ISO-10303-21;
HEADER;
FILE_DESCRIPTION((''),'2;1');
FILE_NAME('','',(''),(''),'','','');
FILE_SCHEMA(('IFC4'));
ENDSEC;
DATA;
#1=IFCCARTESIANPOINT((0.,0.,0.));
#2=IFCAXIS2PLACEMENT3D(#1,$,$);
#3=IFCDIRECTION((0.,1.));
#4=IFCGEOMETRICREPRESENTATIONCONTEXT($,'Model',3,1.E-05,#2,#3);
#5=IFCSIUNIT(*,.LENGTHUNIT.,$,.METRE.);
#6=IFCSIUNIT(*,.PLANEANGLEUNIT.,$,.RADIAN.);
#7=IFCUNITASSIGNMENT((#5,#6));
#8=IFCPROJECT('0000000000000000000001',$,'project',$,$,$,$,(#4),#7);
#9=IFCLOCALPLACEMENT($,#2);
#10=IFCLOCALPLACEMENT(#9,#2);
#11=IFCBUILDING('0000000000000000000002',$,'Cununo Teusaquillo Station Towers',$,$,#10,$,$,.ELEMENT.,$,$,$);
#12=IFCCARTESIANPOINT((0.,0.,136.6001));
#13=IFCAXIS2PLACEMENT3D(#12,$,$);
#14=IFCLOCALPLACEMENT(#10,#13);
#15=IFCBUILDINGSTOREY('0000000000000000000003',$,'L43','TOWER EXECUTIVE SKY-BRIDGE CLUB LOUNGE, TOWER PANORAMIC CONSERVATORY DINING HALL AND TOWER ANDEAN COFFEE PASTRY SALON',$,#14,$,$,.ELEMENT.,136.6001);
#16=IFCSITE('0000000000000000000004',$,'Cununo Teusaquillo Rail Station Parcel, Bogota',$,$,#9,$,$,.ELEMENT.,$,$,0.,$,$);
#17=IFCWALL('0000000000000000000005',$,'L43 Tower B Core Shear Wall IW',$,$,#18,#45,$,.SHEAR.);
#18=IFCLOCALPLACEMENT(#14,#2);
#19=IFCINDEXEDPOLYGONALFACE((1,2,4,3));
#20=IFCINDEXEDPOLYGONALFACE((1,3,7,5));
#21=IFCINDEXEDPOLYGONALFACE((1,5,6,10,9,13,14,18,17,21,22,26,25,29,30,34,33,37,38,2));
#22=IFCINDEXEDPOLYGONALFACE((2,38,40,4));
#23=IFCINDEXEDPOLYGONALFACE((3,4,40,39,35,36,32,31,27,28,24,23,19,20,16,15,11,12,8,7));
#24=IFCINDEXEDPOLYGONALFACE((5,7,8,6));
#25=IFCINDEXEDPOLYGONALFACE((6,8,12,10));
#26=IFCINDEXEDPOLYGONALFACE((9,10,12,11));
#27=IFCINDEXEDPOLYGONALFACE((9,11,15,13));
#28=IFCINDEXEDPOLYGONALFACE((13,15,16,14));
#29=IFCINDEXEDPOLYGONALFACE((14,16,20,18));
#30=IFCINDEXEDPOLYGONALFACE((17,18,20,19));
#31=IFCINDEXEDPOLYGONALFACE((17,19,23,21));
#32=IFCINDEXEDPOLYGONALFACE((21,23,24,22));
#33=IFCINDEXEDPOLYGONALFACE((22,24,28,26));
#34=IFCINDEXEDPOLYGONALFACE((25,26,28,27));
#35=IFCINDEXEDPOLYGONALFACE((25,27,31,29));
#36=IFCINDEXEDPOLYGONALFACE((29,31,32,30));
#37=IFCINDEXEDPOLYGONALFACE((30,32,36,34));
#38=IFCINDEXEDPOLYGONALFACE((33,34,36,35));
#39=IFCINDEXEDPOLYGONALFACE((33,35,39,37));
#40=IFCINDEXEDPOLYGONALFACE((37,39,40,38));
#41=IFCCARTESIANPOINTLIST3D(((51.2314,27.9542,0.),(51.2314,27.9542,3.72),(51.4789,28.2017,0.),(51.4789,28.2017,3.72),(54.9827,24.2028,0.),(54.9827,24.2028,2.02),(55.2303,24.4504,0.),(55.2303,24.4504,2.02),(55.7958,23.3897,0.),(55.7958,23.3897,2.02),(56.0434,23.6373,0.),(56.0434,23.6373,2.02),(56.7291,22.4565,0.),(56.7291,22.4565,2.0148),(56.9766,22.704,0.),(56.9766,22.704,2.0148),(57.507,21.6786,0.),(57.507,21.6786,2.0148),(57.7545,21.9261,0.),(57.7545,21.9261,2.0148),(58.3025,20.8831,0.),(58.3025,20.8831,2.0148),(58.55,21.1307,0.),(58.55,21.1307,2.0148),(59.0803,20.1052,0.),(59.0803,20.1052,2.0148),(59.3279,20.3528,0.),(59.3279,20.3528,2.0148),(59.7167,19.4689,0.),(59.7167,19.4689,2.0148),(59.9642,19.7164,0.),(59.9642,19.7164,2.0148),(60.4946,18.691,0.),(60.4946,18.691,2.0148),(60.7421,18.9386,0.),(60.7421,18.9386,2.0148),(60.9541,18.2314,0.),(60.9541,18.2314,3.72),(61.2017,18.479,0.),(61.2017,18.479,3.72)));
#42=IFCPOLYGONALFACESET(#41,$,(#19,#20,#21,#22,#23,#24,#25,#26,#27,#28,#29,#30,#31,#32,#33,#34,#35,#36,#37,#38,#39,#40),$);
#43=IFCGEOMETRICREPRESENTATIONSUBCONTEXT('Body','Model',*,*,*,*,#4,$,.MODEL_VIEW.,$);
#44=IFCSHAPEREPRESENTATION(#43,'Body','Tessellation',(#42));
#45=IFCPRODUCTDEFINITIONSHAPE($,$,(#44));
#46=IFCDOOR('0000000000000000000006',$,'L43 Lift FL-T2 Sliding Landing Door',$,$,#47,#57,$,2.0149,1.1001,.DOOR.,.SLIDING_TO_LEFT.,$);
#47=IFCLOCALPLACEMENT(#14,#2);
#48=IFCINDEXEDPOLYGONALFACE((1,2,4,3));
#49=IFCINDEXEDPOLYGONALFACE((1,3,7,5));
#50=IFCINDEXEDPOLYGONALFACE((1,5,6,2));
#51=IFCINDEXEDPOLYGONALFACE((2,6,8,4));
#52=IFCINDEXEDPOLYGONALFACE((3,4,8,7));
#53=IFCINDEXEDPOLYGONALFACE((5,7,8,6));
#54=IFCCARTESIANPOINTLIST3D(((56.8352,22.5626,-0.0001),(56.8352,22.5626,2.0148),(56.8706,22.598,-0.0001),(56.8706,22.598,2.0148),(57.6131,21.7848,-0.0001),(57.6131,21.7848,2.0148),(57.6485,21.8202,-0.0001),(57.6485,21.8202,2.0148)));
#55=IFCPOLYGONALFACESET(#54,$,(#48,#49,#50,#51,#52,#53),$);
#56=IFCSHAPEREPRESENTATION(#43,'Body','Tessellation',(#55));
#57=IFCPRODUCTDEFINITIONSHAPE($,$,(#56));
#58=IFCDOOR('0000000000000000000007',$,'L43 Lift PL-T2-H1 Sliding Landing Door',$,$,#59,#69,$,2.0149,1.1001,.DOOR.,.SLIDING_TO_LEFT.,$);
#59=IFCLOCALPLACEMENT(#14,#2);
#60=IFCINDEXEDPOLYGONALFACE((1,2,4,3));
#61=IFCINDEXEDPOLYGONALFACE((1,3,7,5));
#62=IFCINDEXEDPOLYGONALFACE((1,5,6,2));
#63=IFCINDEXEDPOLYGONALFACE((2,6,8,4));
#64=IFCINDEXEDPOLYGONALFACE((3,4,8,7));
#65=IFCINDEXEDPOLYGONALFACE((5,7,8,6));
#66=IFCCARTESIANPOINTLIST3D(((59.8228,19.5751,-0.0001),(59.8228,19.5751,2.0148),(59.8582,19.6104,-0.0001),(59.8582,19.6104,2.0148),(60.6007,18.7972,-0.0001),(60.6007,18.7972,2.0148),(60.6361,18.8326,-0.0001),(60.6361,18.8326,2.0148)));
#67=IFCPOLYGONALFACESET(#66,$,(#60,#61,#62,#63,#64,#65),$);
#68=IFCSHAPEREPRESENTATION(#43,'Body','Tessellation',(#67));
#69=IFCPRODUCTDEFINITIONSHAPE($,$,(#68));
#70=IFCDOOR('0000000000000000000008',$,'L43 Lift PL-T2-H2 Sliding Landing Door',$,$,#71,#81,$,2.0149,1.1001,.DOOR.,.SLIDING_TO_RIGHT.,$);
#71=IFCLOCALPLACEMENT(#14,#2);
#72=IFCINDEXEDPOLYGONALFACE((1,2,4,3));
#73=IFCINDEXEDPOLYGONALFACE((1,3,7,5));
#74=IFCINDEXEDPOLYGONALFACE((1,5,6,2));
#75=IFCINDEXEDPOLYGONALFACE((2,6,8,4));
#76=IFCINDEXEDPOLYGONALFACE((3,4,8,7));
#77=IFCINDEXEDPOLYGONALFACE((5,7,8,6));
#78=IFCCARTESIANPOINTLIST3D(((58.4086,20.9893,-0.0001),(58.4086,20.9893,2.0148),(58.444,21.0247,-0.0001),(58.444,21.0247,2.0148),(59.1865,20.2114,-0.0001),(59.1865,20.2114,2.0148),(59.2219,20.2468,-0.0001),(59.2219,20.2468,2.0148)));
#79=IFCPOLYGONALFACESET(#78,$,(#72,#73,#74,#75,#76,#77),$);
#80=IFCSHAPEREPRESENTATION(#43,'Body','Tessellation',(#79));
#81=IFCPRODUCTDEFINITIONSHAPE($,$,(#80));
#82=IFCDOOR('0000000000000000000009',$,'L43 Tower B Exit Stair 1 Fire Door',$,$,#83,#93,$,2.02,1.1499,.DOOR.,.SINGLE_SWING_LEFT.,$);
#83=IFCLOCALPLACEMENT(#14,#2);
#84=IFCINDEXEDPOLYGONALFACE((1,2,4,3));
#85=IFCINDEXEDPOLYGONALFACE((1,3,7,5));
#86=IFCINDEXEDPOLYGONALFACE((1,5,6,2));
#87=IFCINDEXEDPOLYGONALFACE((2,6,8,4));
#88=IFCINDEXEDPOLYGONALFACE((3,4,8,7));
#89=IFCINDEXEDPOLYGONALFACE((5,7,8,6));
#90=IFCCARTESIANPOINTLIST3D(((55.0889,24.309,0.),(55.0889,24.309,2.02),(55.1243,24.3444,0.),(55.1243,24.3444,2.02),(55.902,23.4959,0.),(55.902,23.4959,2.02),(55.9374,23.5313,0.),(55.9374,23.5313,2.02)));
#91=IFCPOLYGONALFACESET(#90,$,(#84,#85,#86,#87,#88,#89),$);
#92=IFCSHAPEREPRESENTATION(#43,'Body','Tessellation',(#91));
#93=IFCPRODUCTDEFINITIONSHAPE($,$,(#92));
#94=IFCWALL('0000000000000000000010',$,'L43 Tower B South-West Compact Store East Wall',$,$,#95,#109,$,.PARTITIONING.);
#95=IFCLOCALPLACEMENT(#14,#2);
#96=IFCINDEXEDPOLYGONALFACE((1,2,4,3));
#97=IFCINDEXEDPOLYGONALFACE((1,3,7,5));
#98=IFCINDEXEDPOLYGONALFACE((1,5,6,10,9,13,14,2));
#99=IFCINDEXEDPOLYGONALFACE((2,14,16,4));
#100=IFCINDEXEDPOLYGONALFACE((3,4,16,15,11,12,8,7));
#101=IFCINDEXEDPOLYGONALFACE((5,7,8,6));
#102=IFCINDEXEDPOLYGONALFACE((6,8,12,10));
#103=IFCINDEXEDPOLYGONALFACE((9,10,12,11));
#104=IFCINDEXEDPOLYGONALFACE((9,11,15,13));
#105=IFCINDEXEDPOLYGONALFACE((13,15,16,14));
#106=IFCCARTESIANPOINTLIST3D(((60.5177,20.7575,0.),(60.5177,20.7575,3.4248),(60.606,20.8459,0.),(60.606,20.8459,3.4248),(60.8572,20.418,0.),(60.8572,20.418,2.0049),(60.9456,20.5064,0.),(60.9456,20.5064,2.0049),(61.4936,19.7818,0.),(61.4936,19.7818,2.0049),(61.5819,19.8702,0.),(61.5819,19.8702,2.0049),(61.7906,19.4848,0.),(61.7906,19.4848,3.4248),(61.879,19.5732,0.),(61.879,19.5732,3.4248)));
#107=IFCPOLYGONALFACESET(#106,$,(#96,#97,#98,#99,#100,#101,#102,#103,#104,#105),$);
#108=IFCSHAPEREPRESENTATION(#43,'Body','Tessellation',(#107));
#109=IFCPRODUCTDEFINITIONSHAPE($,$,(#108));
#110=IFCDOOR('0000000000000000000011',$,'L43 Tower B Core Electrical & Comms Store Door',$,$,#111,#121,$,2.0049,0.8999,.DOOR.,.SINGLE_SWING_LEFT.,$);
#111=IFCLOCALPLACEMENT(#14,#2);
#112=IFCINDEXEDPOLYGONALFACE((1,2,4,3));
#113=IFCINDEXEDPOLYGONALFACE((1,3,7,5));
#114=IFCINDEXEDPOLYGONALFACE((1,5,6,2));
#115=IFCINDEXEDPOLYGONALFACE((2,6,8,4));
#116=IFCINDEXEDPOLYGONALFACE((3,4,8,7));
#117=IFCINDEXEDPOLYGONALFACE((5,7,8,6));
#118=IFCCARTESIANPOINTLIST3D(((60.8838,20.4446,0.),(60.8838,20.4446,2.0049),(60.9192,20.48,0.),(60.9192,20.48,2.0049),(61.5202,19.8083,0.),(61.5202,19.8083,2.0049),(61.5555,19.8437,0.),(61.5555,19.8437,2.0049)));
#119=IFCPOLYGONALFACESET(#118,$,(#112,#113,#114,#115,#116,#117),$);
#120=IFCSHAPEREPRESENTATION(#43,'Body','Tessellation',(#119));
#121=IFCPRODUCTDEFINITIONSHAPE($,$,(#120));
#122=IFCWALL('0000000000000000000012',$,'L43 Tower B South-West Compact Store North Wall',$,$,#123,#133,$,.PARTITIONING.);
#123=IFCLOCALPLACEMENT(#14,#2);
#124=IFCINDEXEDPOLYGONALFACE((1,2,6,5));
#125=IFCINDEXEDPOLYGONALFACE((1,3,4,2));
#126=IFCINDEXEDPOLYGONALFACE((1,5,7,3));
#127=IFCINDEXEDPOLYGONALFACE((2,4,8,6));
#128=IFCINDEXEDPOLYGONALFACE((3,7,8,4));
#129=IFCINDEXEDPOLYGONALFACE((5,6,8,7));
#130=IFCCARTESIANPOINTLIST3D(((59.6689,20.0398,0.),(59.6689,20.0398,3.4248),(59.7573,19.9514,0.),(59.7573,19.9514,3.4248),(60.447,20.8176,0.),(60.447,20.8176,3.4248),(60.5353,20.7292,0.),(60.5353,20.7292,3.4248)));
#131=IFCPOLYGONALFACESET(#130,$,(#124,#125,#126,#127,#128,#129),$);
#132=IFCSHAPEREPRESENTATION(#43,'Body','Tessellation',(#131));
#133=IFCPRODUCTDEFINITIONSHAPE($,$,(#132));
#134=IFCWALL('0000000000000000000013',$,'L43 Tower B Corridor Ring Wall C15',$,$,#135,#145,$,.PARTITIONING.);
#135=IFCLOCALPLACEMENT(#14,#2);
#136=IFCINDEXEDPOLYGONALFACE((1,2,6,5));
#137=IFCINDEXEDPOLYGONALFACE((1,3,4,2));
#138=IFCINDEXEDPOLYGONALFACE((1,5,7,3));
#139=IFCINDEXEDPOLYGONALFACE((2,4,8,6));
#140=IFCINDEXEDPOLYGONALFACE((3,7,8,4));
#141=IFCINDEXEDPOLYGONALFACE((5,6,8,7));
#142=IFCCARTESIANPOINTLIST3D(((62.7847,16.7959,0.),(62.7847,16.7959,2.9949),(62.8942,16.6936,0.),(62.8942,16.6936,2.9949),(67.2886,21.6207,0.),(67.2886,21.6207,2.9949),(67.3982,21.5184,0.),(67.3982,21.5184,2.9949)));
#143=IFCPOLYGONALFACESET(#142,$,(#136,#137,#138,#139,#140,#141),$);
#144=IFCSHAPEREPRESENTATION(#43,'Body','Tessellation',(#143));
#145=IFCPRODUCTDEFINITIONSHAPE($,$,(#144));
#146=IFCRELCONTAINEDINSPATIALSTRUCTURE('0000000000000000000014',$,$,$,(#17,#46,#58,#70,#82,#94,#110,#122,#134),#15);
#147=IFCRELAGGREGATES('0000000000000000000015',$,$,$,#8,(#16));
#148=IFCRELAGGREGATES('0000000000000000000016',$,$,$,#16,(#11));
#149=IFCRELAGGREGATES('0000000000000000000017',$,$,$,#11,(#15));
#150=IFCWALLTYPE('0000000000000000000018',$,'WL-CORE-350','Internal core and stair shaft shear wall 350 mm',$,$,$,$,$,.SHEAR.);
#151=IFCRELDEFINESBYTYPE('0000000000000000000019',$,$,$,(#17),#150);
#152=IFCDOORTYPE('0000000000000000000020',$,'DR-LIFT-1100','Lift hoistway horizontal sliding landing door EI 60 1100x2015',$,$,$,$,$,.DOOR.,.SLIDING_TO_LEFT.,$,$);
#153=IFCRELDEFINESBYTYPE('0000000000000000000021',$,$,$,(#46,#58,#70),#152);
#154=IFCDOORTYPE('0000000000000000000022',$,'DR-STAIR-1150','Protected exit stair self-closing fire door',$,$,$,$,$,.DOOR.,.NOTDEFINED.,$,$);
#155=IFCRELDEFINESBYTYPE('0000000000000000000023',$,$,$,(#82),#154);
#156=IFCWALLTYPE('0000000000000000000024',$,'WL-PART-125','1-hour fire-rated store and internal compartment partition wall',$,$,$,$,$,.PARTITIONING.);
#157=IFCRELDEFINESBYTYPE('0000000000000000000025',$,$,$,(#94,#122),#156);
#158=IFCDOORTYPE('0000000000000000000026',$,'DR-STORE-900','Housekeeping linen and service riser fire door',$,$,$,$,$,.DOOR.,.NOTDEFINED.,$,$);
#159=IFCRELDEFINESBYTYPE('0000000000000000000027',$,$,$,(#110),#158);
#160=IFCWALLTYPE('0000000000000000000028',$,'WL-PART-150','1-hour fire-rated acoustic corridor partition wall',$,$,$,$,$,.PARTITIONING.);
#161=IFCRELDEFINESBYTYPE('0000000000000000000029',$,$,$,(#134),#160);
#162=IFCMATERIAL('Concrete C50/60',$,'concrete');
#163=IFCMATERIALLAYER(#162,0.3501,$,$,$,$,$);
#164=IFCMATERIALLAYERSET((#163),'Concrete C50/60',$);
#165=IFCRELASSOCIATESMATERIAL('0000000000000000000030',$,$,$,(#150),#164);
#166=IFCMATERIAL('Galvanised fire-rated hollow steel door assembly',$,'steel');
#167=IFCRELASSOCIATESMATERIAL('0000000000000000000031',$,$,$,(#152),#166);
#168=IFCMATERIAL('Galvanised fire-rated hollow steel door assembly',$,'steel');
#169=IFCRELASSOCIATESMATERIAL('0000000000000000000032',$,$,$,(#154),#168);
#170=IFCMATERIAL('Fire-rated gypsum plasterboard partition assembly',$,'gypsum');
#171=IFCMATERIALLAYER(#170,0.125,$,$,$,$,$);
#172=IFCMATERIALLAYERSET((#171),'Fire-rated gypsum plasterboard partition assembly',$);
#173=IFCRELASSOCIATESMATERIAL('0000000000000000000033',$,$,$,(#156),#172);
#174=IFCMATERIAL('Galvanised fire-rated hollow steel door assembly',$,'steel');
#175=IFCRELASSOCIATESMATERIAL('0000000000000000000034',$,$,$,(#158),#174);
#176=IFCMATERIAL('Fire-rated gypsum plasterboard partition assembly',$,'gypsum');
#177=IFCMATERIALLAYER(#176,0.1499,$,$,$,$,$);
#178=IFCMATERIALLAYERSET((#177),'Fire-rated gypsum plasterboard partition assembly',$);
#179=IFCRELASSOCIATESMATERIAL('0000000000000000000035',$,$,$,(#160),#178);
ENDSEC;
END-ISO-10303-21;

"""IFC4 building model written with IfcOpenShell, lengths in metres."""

from ifc_helpers import new_model, si_unit, direction, frame, frame_2d, origin, place, context, subcontext, project, spatial, rectangle, extrude, source, transform, mapped, material, layer, layer_set, type_object, element, fill, save


model = new_model("IFC4")

# Units and contexts
model_context = context("Model", 3, precision=1e-05, world=origin(), true_north=direction((0.0, 1.0)))
body_context = subcontext(model_context, "Body", "Model", "MODEL_VIEW")
ifc_project = project(units=[si_unit("LENGTHUNIT", "METRE"), si_unit("PLANEANGLEUNIT", "RADIAN")], contexts=[model_context])

# Site, building, storey
site_placement = place(None, origin())
site = spatial("IfcSite", under=ifc_project, at=site_placement, Name="Cununo Teusaquillo Rail Station Parcel, Bogota", CompositionType="ELEMENT", RefElevation=0.0)
building_placement = place(site_placement, origin())
building = spatial("IfcBuilding", under=site, at=building_placement, Name="Cununo Teusaquillo Station Towers", CompositionType="ELEMENT")
storey_placement = place(building_placement, frame((0.0, 0.0, 136.6001)))
storey = spatial("IfcBuildingStorey", under=building, at=storey_placement, Name="L43", Description="TOWER EXECUTIVE SKY-BRIDGE CLUB LOUNGE, TOWER PANORAMIC CONSERVATORY DINING HALL AND TOWER ANDEAN COFFEE PASTRY SALON", CompositionType="ELEMENT", Elevation=136.6001)

# Wall, openings, doors
ifc_material_1 = material(Name="Concrete C50/60", Category="concrete")
ifc_layer_1 = layer(ifc_material_1, 0.3501)
ifc_layer_set_1 = layer_set([ifc_layer_1], Name="Concrete C50/60")
wall_type_1 = type_object("IfcWallType", Name="WL-CORE-350", Description="Internal core and stair shaft shear wall 350 mm", PredefinedType="SHEAR", material=ifc_layer_set_1)
wall_1_placement = place(storey_placement, frame((61.0779, 18.3552, 0.0), z_axis=(0.0, 0.0, 1.0), x_axis=(-0.707107, 0.707107, 0.0)))
wall_1 = element("IfcWall", 1, at=wall_1_placement, inside=storey, type_object=wall_type_1, Name="L43 Tower B Core Shear Wall IW", PredefinedType="SHEAR", context=body_context, shape_type="SweptSolid", body=[
    extrude(rectangle(XDim=13.75, YDim=0.3501, at=frame_2d((6.875, 0.0))), origin(), (0.0, 0.0, 1.0), 3.72),
])
shared_shape_1 = source(origin(), body_context, "Body", "SweptSolid", [
    extrude(rectangle(XDim=1.1001, YDim=2.0149, at=frame_2d((0.55, 1.0073))), frame((0.0, 0.1851, 0.0), z_axis=(0.0, -1.0, 0.0), x_axis=(1.0, 0.0, 0.0)), (0.0, 0.0, 1.0), 0.3701),
])
opening_1_placement = place(wall_1_placement, frame((4.875, 0.0, 0.0)))
opening_1 = element("IfcOpeningElement", 2, at=opening_1_placement, cuts=wall_1, PredefinedType="OPENING", context=body_context, shape_type="MappedRepresentation", body=[
    mapped(shared_shape_1, transform((0.0, 0.0, 0.0), x_axis=(1.0, 0.0, 0.0), y_axis=(0.0, 1.0, 0.0), z_axis=(0.0, 0.0, 1.0), scale=1.0)),
])
opening_2_placement = place(wall_1_placement, frame((0.6499, 0.0, 0.0)))
opening_2 = element("IfcOpeningElement", 3, at=opening_2_placement, cuts=wall_1, PredefinedType="OPENING", context=body_context, shape_type="MappedRepresentation", body=[
    mapped(shared_shape_1, transform((0.0, 0.0, 0.0), x_axis=(1.0, 0.0, 0.0), y_axis=(0.0, 1.0, 0.0), z_axis=(0.0, 0.0, 1.0), scale=1.0)),
])
opening_3_placement = place(wall_1_placement, frame((2.6499, 0.0, 0.0)))
opening_3 = element("IfcOpeningElement", 4, at=opening_3_placement, cuts=wall_1, PredefinedType="OPENING", context=body_context, shape_type="MappedRepresentation", body=[
    mapped(shared_shape_1, transform((0.0, 0.0, 0.0), x_axis=(1.0, 0.0, 0.0), y_axis=(0.0, 1.0, 0.0), z_axis=(0.0, 0.0, 1.0), scale=1.0)),
])
shared_shape_2 = source(origin(), body_context, "Body", "SweptSolid", [
    extrude(rectangle(XDim=1.1499, YDim=2.02, at=frame_2d((0.575, 1.01))), frame((0.0, 0.1851, 0.0), z_axis=(0.0, -1.0, 0.0), x_axis=(1.0, 0.0, 0.0)), (0.0, 0.0, 1.0), 0.3701),
])
opening_4_placement = place(wall_1_placement, frame((7.2949, 0.0, 0.0)))
opening_4 = element("IfcOpeningElement", 5, at=opening_4_placement, cuts=wall_1, PredefinedType="OPENING", context=body_context, shape_type="MappedRepresentation", body=[
    mapped(shared_shape_2, transform((0.0, 0.0, 0.0), x_axis=(1.0, 0.0, 0.0), y_axis=(0.0, 1.0, 0.0), z_axis=(0.0, 0.0, 1.0), scale=1.0)),
])
ifc_material_2 = material(Name="Galvanised fire-rated hollow steel door assembly", Category="steel")
door_type_1 = type_object("IfcDoorType", Name="DR-LIFT-1100", Description="Lift hoistway horizontal sliding landing door EI 60 1100x2015", OperationType="SLIDING_TO_LEFT", PredefinedType="DOOR", material=ifc_material_2)
shared_shape_3 = source(origin(), body_context, "Body", "SweptSolid", [
    extrude(rectangle(XDim=1.1001, YDim=2.0149, at=frame_2d((0.55, 1.0073))), frame((0.0, 0.0249, 0.0), z_axis=(0.0, -1.0, 0.0), x_axis=(1.0, 0.0, 0.0)), (0.0, 0.0, 1.0), 0.05),
])
door_1_placement = place(opening_1_placement, origin())
door_1 = element("IfcDoor", 6, at=door_1_placement, inside=storey, type_object=door_type_1, Name="L43 Lift FL-T2 Sliding Landing Door", OperationType="SLIDING_TO_LEFT", OverallHeight=2.0149, OverallWidth=1.1001, PredefinedType="DOOR", context=body_context, shape_type="MappedRepresentation", body=[
    mapped(shared_shape_3, transform((0.0, 0.0, 0.0), x_axis=(1.0, 0.0, 0.0), y_axis=(0.0, 1.0, 0.0), z_axis=(0.0, 0.0, 1.0), scale=1.0)),
])
fill(opening_1, door_1)
door_2_placement = place(opening_2_placement, origin())
door_2 = element("IfcDoor", 7, at=door_2_placement, inside=storey, type_object=door_type_1, Name="L43 Lift PL-T2-H1 Sliding Landing Door", OperationType="SLIDING_TO_LEFT", OverallHeight=2.0149, OverallWidth=1.1001, PredefinedType="DOOR", context=body_context, shape_type="MappedRepresentation", body=[
    mapped(shared_shape_3, transform((0.0, 0.0, 0.0), x_axis=(1.0, 0.0, 0.0), y_axis=(0.0, 1.0, 0.0), z_axis=(0.0, 0.0, 1.0), scale=1.0)),
])
fill(opening_2, door_2)
door_3_placement = place(opening_3_placement, origin())
door_3 = element("IfcDoor", 8, at=door_3_placement, inside=storey, type_object=door_type_1, Name="L43 Lift PL-T2-H2 Sliding Landing Door", OperationType="SLIDING_TO_RIGHT", OverallHeight=2.0149, OverallWidth=1.1001, PredefinedType="DOOR", context=body_context, shape_type="MappedRepresentation", body=[
    mapped(shared_shape_3, transform((0.0, 0.0, 0.0), x_axis=(1.0, 0.0, 0.0), y_axis=(0.0, 1.0, 0.0), z_axis=(0.0, 0.0, 1.0), scale=1.0)),
])
fill(opening_3, door_3)
ifc_material_3 = material(Name="Galvanised fire-rated hollow steel door assembly", Category="steel")
door_type_2 = type_object("IfcDoorType", Name="DR-STAIR-1150", Description="Protected exit stair self-closing fire door", OperationType="NOTDEFINED", PredefinedType="DOOR", material=ifc_material_3)
shared_shape_4 = source(origin(), body_context, "Body", "SweptSolid", [
    extrude(rectangle(XDim=1.1499, YDim=2.02, at=frame_2d((0.575, 1.01))), frame((0.0, 0.0249, 0.0), z_axis=(0.0, -1.0, 0.0), x_axis=(1.0, 0.0, 0.0)), (0.0, 0.0, 1.0), 0.05),
])
door_4_placement = place(opening_4_placement, origin())
door_4 = element("IfcDoor", 9, at=door_4_placement, inside=storey, type_object=door_type_2, Name="L43 Tower B Exit Stair 1 Fire Door", OperationType="SINGLE_SWING_LEFT", OverallHeight=2.02, OverallWidth=1.1499, PredefinedType="DOOR", context=body_context, shape_type="MappedRepresentation", body=[
    mapped(shared_shape_4, transform((0.0, 0.0, 0.0), x_axis=(1.0, 0.0, 0.0), y_axis=(0.0, 1.0, 0.0), z_axis=(0.0, 0.0, 1.0), scale=1.0)),
])
fill(opening_4, door_4)

# Wall, opening, door
ifc_material_4 = material(Name="Fire-rated gypsum plasterboard partition assembly", Category="gypsum")
ifc_layer_2 = layer(ifc_material_4, 0.125)
ifc_layer_set_2 = layer_set([ifc_layer_2], Name="Fire-rated gypsum plasterboard partition assembly")
wall_type_2 = type_object("IfcWallType", Name="WL-PART-125", Description="1-hour fire-rated store and internal compartment partition wall", PredefinedType="PARTITIONING", material=ifc_layer_set_2)
wall_2_placement = place(storey_placement, frame((61.8347, 19.5291, 0.0), z_axis=(0.0, 0.0, 1.0), x_axis=(-0.707175, 0.707039, 0.0)))
wall_2 = element("IfcWall", 10, at=wall_2_placement, inside=storey, type_object=wall_type_2, Name="L43 Tower B South-West Compact Store East Wall", PredefinedType="PARTITIONING", context=body_context, shape_type="SweptSolid", body=[
    extrude(rectangle(XDim=1.8, YDim=0.125, at=frame_2d((0.8999, 0.0))), origin(), (0.0, 0.0, 1.0), 3.4248),
])
shared_shape_5 = source(origin(), body_context, "Body", "SweptSolid", [
    extrude(rectangle(XDim=0.8999, YDim=2.0049, at=frame_2d((0.45, 1.0024))), frame((0.0, 0.0725, 0.0), z_axis=(0.0, -1.0, 0.0), x_axis=(1.0, 0.0, 0.0)), (0.0, 0.0, 1.0), 0.145),
])
opening_5_placement = place(wall_2_placement, frame((0.4199, 0.0, 0.0)))
opening_5 = element("IfcOpeningElement", 11, at=opening_5_placement, cuts=wall_2, PredefinedType="OPENING", context=body_context, shape_type="MappedRepresentation", body=[
    mapped(shared_shape_5, transform((0.0, 0.0, 0.0), x_axis=(1.0, 0.0, 0.0), y_axis=(0.0, 1.0, 0.0), z_axis=(0.0, 0.0, 1.0), scale=1.0)),
])
ifc_material_5 = material(Name="Galvanised fire-rated hollow steel door assembly", Category="steel")
door_type_3 = type_object("IfcDoorType", Name="DR-STORE-900", Description="Housekeeping linen and service riser fire door", OperationType="NOTDEFINED", PredefinedType="DOOR", material=ifc_material_5)
shared_shape_6 = source(origin(), body_context, "Body", "SweptSolid", [
    extrude(rectangle(XDim=0.8999, YDim=2.0049, at=frame_2d((0.45, 1.0024))), frame((0.0, 0.0249, 0.0), z_axis=(0.0, -1.0, 0.0), x_axis=(1.0, 0.0, 0.0)), (0.0, 0.0, 1.0), 0.05),
])
door_5_placement = place(opening_5_placement, origin())
door_5 = element("IfcDoor", 12, at=door_5_placement, inside=storey, type_object=door_type_3, Name="L43 Tower B Core Electrical & Comms Store Door", OperationType="SINGLE_SWING_LEFT", OverallHeight=2.0049, OverallWidth=0.8999, PredefinedType="DOOR", context=body_context, shape_type="MappedRepresentation", body=[
    mapped(shared_shape_6, transform((0.0, 0.0, 0.0), x_axis=(1.0, 0.0, 0.0), y_axis=(0.0, 1.0, 0.0), z_axis=(0.0, 0.0, 1.0), scale=1.0)),
])
fill(opening_5, door_5)

# Walls
wall_3_placement = place(storey_placement, frame((59.7131, 19.9956, 0.0), z_axis=(0.0, 0.0, 1.0), x_axis=(0.707218, 0.706996, 0.0)))
element("IfcWall", 13, at=wall_3_placement, inside=storey, type_object=wall_type_2, Name="L43 Tower B South-West Compact Store North Wall", PredefinedType="PARTITIONING", context=body_context, shape_type="SweptSolid", body=[
    extrude(rectangle(XDim=1.1001, YDim=0.125, at=frame_2d((0.55, 0.0))), origin(), (0.0, 0.0, 1.0), 3.4248),
])
ifc_material_6 = material(Name="Fire-rated gypsum plasterboard partition assembly", Category="gypsum")
ifc_layer_3 = layer(ifc_material_6, 0.1499)
ifc_layer_set_3 = layer_set([ifc_layer_3], Name="Fire-rated gypsum plasterboard partition assembly")
wall_type_3 = type_object("IfcWallType", Name="WL-PART-150", Description="1-hour fire-rated acoustic corridor partition wall", PredefinedType="PARTITIONING", material=ifc_layer_set_3)
wall_4_placement = place(storey_placement, frame((62.8394, 16.7446, 0.0), z_axis=(0.0, 0.0, 1.0), x_axis=(0.682387, 0.730991, 0.0)))
element("IfcWall", 14, at=wall_4_placement, inside=storey, type_object=wall_type_3, Name="L43 Tower B Corridor Ring Wall C15", PredefinedType="PARTITIONING", context=body_context, shape_type="SweptSolid", body=[
    extrude(rectangle(XDim=6.6003, YDim=0.1499, at=frame_2d((3.3003, 0.0))), origin(), (0.0, 0.0, 1.0), 2.9949),
])

save(model, "model.ifc")
